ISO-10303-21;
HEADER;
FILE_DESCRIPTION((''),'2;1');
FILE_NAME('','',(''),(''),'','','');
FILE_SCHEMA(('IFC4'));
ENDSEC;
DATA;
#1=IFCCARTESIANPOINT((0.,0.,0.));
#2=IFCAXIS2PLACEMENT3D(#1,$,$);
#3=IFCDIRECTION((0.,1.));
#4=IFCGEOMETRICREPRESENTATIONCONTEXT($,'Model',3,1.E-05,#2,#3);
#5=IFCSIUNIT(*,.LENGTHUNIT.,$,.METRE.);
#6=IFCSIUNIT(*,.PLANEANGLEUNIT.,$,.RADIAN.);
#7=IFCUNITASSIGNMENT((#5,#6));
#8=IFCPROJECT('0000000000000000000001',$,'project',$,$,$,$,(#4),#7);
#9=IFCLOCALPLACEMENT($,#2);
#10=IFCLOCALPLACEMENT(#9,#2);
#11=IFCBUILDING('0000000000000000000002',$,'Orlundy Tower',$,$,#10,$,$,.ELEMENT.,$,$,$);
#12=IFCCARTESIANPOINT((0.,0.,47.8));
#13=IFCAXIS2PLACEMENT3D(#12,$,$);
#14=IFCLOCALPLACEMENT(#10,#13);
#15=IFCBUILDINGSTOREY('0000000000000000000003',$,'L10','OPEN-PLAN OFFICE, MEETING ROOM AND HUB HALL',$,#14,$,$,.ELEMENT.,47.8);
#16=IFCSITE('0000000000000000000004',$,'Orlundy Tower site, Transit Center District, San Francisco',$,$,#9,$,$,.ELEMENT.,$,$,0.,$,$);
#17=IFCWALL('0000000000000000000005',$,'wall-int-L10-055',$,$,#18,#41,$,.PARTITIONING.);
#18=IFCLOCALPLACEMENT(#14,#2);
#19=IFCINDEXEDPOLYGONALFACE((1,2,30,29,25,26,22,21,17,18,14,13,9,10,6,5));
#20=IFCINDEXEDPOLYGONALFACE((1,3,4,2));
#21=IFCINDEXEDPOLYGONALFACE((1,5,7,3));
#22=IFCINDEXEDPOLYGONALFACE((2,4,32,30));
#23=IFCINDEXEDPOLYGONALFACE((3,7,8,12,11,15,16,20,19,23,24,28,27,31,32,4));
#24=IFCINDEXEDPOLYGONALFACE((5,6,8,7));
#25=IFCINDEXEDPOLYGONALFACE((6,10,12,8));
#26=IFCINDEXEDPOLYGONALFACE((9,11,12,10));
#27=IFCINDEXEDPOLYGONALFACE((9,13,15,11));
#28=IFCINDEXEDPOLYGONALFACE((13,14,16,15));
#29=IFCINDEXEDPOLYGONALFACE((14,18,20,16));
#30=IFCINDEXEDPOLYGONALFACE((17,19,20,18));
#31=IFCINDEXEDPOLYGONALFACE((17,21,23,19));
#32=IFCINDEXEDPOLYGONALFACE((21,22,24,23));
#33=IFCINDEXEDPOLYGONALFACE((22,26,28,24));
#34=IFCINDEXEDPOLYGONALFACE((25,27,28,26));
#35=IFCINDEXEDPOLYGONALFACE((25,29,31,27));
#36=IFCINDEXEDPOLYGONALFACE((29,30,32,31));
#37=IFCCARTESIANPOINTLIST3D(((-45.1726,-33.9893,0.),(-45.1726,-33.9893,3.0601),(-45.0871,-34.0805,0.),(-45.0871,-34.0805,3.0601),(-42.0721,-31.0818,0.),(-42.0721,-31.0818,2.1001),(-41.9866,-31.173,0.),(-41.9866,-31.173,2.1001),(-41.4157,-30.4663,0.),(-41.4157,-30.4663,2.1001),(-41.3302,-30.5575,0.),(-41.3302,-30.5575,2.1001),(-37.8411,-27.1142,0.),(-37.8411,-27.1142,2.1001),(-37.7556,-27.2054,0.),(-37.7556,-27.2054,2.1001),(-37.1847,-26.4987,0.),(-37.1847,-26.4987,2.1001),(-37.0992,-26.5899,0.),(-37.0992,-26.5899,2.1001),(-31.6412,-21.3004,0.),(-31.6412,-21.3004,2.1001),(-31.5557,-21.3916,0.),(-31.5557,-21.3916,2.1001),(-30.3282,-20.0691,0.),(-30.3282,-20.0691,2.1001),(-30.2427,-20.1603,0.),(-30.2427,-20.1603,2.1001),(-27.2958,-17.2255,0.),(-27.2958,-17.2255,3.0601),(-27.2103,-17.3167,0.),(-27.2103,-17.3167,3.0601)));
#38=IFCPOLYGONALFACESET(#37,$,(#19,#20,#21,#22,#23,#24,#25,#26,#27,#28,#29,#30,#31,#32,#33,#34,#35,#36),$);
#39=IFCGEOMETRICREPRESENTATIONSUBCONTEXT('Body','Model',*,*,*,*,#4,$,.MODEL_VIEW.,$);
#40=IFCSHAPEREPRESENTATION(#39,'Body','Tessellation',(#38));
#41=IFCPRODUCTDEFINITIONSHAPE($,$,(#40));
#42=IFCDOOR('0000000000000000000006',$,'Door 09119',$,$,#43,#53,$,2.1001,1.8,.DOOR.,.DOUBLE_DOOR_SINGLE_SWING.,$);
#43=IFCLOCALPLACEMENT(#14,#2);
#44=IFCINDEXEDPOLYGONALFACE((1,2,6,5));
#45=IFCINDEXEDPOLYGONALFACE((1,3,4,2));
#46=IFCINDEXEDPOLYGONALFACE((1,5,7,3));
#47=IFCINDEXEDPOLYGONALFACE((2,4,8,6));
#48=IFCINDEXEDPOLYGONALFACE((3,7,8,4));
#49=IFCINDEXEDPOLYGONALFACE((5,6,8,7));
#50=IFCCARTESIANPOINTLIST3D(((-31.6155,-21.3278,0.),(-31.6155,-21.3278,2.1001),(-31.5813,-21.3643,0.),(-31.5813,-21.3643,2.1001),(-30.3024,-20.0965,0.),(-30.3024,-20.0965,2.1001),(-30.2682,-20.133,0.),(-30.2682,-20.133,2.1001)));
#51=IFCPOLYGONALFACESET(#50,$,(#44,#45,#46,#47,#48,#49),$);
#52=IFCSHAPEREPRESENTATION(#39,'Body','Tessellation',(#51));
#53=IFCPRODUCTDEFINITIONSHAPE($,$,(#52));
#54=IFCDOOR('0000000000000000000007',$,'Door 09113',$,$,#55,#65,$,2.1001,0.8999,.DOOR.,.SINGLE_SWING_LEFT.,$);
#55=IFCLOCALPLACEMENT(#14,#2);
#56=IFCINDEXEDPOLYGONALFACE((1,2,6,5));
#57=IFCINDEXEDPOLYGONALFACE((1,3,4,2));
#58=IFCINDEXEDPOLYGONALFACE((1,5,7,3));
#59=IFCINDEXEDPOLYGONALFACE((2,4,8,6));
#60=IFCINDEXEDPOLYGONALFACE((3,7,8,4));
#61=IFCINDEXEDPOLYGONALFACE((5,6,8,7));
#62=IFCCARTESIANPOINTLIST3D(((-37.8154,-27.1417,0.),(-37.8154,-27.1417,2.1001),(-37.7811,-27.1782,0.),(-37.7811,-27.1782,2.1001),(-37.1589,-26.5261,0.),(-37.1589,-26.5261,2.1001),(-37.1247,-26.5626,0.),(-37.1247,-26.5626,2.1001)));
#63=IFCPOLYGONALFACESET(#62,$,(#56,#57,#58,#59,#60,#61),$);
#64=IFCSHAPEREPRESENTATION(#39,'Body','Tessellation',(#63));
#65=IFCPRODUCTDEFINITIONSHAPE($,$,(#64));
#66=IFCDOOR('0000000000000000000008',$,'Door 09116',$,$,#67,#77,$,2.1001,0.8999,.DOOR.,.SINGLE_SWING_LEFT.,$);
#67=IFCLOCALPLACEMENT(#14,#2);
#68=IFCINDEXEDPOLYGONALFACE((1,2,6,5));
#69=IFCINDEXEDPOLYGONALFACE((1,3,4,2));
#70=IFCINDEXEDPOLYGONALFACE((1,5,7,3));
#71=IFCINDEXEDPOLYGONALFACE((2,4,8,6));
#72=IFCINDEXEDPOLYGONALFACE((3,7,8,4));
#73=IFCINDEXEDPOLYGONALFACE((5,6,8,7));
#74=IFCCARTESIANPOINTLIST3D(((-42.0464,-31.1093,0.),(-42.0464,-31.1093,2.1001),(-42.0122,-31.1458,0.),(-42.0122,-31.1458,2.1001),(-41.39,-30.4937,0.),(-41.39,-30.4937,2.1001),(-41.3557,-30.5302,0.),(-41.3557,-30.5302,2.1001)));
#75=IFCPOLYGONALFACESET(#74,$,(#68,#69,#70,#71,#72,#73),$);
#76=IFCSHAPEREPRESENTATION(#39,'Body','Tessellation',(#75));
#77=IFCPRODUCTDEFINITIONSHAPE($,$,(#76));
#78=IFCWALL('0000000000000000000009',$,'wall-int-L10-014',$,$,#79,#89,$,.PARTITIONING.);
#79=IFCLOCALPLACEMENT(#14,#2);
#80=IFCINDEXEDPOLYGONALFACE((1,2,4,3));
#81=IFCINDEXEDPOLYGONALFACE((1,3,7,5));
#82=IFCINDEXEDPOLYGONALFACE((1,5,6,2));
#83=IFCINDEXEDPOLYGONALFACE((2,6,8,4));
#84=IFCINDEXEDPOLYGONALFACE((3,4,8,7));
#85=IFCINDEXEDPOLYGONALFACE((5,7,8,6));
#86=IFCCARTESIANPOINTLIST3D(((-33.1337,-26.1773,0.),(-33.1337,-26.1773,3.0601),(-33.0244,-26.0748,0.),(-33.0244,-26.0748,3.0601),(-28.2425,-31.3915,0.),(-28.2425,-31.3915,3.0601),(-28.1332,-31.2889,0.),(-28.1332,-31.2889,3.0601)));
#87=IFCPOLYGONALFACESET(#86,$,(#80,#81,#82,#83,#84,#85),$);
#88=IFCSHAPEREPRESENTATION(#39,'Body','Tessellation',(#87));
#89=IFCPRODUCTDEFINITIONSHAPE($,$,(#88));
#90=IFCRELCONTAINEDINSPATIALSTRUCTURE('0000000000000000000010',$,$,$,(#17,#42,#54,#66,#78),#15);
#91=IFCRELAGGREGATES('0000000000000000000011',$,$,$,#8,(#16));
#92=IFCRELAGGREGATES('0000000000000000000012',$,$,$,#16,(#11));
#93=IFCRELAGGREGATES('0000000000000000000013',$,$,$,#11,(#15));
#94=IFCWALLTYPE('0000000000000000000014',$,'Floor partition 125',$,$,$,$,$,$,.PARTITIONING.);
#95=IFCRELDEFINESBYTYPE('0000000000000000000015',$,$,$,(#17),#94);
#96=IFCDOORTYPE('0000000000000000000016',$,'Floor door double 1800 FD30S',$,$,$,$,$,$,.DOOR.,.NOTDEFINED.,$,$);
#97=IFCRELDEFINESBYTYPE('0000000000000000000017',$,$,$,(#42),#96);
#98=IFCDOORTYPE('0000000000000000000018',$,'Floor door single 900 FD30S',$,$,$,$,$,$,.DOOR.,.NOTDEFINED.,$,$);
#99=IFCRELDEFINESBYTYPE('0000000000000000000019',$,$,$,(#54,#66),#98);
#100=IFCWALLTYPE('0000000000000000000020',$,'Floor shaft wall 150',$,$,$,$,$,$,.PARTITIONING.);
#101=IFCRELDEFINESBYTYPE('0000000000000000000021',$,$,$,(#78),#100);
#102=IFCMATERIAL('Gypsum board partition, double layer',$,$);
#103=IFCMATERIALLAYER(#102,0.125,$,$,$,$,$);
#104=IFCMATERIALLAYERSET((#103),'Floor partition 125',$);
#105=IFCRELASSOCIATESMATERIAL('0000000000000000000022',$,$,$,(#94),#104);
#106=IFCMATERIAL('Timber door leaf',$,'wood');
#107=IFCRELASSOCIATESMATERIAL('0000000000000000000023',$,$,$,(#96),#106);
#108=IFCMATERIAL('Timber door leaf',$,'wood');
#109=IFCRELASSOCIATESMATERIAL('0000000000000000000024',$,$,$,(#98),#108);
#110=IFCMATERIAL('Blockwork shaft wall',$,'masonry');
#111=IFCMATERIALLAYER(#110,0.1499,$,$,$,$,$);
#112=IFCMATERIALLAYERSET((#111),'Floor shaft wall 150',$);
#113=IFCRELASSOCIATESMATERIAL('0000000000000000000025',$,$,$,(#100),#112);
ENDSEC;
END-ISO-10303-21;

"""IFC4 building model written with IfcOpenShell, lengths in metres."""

from ifc_helpers import new_model, si_unit, direction, frame, frame_2d, origin, place, context, subcontext, project, spatial, rectangle, extrude, material, layer, layer_set, type_object, element, fill, save


model = new_model("IFC4")

# Units and contexts
model_context = context("Model", 3, precision=1e-05, world=origin(), true_north=direction((0.0, 1.0)))
body_context = subcontext(model_context, "Body", "Model", "MODEL_VIEW")
ifc_project = project(units=[si_unit("LENGTHUNIT", "METRE"), si_unit("PLANEANGLEUNIT", "RADIAN")], contexts=[model_context])

# Site, building, storey
site_placement = place(None, origin())
site = spatial("IfcSite", under=ifc_project, at=site_placement, Name="Orlundy Tower site, Transit Center District, San Francisco", CompositionType="ELEMENT", RefElevation=0.0)
building_placement = place(site_placement, origin())
building = spatial("IfcBuilding", under=site, at=building_placement, Name="Orlundy Tower", CompositionType="ELEMENT")
storey_placement = place(building_placement, frame((0.0, 0.0, 47.8)))
storey = spatial("IfcBuildingStorey", under=building, at=storey_placement, Name="L10", Description="OPEN-PLAN OFFICE, MEETING ROOM AND HUB HALL", CompositionType="ELEMENT", Elevation=47.8)

# Wall, openings, doors
ifc_material_1 = material(Name="Gypsum board partition, double layer")
ifc_layer_1 = layer(ifc_material_1, 0.125)
ifc_layer_set_1 = layer_set([ifc_layer_1], Name="Floor partition 125")
wall_type_1 = type_object("IfcWallType", Name="Floor partition 125", PredefinedType="PARTITIONING", material=ifc_layer_set_1)
wall_1_placement = place(storey_placement, frame((-45.1299, -34.0349, 0.0), z_axis=(0.0, 0.0, 1.0), x_axis=(0.72945, 0.684034, 0.0)))
wall_1 = element("IfcWall", 1, at=wall_1_placement, inside=storey, type_object=wall_type_1, Name="wall-int-L10-055", PredefinedType="PARTITIONING", context=body_context, shape_type="SweptSolid", body=[
    extrude(rectangle(XDim=24.5073, YDim=0.125, at=frame_2d((12.2537, 0.0))), origin(), (0.0, 0.0, 1.0), 3.0601),
])
opening_1_placement = place(wall_1_placement, frame((10.0508, 0.0, 0.0)))
opening_1 = element("IfcOpeningElement", 2, at=opening_1_placement, cuts=wall_1, PredefinedType="OPENING", context=body_context, shape_type="SweptSolid", body=[
    extrude(rectangle(XDim=0.8999, YDim=2.1001, at=frame_2d((0.45, 1.05))), frame((0.0, 0.0725, 0.0), z_axis=(0.0, -1.0, 0.0), x_axis=(1.0, 0.0, 0.0)), (0.0, 0.0, 1.0), 0.145),
])
opening_2_placement = place(wall_1_placement, frame((4.2505, 0.0, 0.0)))
opening_2 = element("IfcOpeningElement", 3, at=opening_2_placement, cuts=wall_1, PredefinedType="OPENING", context=body_context, shape_type="SweptSolid", body=[
    extrude(rectangle(XDim=0.8999, YDim=2.1001, at=frame_2d((0.45, 1.05))), frame((0.0, 0.0725, 0.0), z_axis=(0.0, -1.0, 0.0), x_axis=(1.0, 0.0, 0.0)), (0.0, 0.0, 1.0), 0.145),
])
opening_3_placement = place(wall_1_placement, frame((18.5503, 0.0, 0.0)))
opening_3 = element("IfcOpeningElement", 4, at=opening_3_placement, cuts=wall_1, PredefinedType="OPENING", context=body_context, shape_type="SweptSolid", body=[
    extrude(rectangle(XDim=1.8, YDim=2.1001, at=frame_2d((0.8999, 1.05))), frame((0.0, 0.0725, 0.0), z_axis=(0.0, -1.0, 0.0), x_axis=(1.0, 0.0, 0.0)), (0.0, 0.0, 1.0), 0.145),
])
ifc_material_2 = material(Name="Timber door leaf", Category="wood")
door_type_1 = type_object("IfcDoorType", Name="Floor door double 1800 FD30S", OperationType="NOTDEFINED", PredefinedType="DOOR", material=ifc_material_2)
door_1_placement = place(opening_3_placement, origin())
door_1 = element("IfcDoor", 5, at=door_1_placement, inside=storey, type_object=door_type_1, Name="Door 09119", OperationType="DOUBLE_DOOR_SINGLE_SWING", OverallHeight=2.1001, OverallWidth=1.8, PredefinedType="DOOR", context=body_context, shape_type="SweptSolid", body=[
    extrude(rectangle(XDim=1.8, YDim=2.1001, at=frame_2d((0.8999, 1.05))), frame((0.0, 0.0249, 0.0), z_axis=(0.0, -1.0, 0.0), x_axis=(1.0, 0.0, 0.0)), (0.0, 0.0, 1.0), 0.05),
])
fill(opening_3, door_1)
ifc_material_3 = material(Name="Timber door leaf", Category="wood")
door_type_2 = type_object("IfcDoorType", Name="Floor door single 900 FD30S", OperationType="NOTDEFINED", PredefinedType="DOOR", material=ifc_material_3)
door_2_placement = place(opening_1_placement, origin())
door_2 = element("IfcDoor", 6, at=door_2_placement, inside=storey, type_object=door_type_2, Name="Door 09113", OperationType="SINGLE_SWING_LEFT", OverallHeight=2.1001, OverallWidth=0.8999, PredefinedType="DOOR", context=body_context, shape_type="SweptSolid", body=[
    extrude(rectangle(XDim=0.8999, YDim=2.1001, at=frame_2d((0.45, 1.05))), frame((0.0, 0.0249, 0.0), z_axis=(0.0, -1.0, 0.0), x_axis=(1.0, 0.0, 0.0)), (0.0, 0.0, 1.0), 0.05),
])
fill(opening_1, door_2)
door_3_placement = place(opening_2_placement, origin())
door_3 = element("IfcDoor", 7, at=door_3_placement, inside=storey, type_object=door_type_2, Name="Door 09116", OperationType="SINGLE_SWING_LEFT", OverallHeight=2.1001, OverallWidth=0.8999, PredefinedType="DOOR", context=body_context, shape_type="SweptSolid", body=[
    extrude(rectangle(XDim=0.8999, YDim=2.1001, at=frame_2d((0.45, 1.05))), frame((0.0, 0.0249, 0.0), z_axis=(0.0, -1.0, 0.0), x_axis=(1.0, 0.0, 0.0)), (0.0, 0.0, 1.0), 0.05),
])
fill(opening_2, door_3)

# Wall
ifc_material_4 = material(Name="Blockwork shaft wall", Category="masonry")
ifc_layer_2 = layer(ifc_material_4, 0.1499)
ifc_layer_set_2 = layer_set([ifc_layer_2], Name="Floor shaft wall 150")
wall_type_2 = type_object("IfcWallType", Name="Floor shaft wall 150", PredefinedType="PARTITIONING", material=ifc_layer_set_2)
wall_2_placement = place(storey_placement, frame((-33.0791, -26.126, 0.0), z_axis=(0.0, 0.0, 1.0), x_axis=(0.684156, -0.729336, 0.0)))
element("IfcWall", 8, at=wall_2_placement, inside=storey, type_object=wall_type_2, Name="wall-int-L10-014", PredefinedType="PARTITIONING", context=body_context, shape_type="SweptSolid", body=[
    extrude(rectangle(XDim=7.1492, YDim=0.1499, at=frame_2d((3.5747, 0.0))), origin(), (0.0, 0.0, 1.0), 3.0601),
])

save(model, "model.ifc")
